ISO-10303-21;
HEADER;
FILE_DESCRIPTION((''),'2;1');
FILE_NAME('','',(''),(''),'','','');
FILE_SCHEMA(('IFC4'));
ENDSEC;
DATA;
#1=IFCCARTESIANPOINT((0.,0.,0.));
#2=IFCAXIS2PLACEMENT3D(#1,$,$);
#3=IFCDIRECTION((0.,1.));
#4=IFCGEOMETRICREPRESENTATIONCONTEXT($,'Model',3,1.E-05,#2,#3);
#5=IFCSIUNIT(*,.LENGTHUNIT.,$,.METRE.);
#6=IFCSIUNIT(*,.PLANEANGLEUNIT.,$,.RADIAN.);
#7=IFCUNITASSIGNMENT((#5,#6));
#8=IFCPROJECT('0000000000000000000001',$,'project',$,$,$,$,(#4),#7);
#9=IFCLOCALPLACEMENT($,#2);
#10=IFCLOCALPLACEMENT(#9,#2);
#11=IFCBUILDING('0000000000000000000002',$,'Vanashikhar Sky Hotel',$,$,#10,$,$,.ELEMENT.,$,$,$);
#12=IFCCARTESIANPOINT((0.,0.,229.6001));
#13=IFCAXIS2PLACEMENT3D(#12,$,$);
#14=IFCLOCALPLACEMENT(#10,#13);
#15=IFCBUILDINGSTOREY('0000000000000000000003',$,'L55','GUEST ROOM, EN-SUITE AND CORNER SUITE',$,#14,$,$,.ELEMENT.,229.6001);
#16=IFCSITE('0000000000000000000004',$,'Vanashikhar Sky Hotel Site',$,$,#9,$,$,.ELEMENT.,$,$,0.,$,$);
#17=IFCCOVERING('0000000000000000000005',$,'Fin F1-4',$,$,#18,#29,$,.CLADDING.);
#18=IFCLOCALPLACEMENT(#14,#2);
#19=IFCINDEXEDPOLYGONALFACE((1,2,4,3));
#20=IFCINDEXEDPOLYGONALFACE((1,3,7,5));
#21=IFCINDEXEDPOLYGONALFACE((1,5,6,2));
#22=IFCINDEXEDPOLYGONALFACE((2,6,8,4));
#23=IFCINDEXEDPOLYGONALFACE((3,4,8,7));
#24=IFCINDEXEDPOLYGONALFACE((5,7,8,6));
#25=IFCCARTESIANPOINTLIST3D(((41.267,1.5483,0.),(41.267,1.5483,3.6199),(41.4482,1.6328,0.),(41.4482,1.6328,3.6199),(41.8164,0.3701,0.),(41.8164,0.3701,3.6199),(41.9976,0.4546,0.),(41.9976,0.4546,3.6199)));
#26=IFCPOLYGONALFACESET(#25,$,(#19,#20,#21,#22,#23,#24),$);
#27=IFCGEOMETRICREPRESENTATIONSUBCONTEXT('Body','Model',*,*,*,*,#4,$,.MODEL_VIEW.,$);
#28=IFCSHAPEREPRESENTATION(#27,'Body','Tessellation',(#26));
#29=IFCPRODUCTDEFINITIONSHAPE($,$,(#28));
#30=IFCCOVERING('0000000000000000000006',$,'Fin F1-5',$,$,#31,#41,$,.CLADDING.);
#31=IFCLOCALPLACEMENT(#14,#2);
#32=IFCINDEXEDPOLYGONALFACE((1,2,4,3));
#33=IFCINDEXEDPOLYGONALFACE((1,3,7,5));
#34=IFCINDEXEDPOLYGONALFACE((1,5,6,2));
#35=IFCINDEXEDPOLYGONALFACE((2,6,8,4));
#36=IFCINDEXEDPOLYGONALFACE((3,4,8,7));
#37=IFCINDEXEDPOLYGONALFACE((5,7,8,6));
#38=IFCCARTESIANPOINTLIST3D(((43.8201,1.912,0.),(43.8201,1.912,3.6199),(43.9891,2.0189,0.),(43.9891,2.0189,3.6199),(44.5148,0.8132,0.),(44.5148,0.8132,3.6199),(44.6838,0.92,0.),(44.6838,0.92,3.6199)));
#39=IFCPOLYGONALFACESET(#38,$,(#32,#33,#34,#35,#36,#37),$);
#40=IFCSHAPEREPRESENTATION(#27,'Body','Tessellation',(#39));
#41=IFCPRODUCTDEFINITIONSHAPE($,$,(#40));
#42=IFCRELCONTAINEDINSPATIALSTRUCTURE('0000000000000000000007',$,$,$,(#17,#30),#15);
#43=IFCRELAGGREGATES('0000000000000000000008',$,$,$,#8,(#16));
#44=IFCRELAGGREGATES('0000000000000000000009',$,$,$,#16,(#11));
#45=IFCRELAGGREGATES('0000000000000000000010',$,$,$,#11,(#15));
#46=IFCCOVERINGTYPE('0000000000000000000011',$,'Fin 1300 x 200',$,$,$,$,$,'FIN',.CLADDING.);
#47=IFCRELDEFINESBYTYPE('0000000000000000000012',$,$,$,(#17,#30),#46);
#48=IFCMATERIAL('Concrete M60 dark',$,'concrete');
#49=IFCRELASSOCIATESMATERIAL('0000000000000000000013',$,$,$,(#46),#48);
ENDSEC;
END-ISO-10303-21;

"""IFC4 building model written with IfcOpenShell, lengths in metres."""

from ifc_helpers import new_model, si_unit, direction, frame, origin, origin_2d, place, context, subcontext, project, spatial, rectangle, extrude, source, transform, mapped, material, material_profile, profile_set, type_object, element, save


model = new_model("IFC4")

# Units and contexts
model_context = context("Model", 3, precision=1e-05, world=origin(), true_north=direction((0.0, 1.0)))
body_context = subcontext(model_context, "Body", "Model", "MODEL_VIEW")
ifc_project = project(units=[si_unit("LENGTHUNIT", "METRE"), si_unit("PLANEANGLEUNIT", "RADIAN")], contexts=[model_context])

# Site, building, storey
site_placement = place(None, origin())
site = spatial("IfcSite", under=ifc_project, at=site_placement, Name="Vanashikhar Sky Hotel Site", CompositionType="ELEMENT", RefElevation=0.0)
building_placement = place(site_placement, origin())
building = spatial("IfcBuilding", under=site, at=building_placement, Name="Vanashikhar Sky Hotel", CompositionType="ELEMENT")
storey_placement = place(building_placement, frame((0.0, 0.0, 229.6001)))
storey = spatial("IfcBuildingStorey", under=building, at=storey_placement, Name="L55", Description="GUEST ROOM, EN-SUITE AND CORNER SUITE", CompositionType="ELEMENT", Elevation=229.6001)

# Coverings
ifc_material_1 = material(Name="Concrete M60 dark", Category="concrete")
ifc_material_profile = material_profile(ifc_material_1, rectangle(XDim=1.3, YDim=0.2, at=origin_2d()))
ifc_profile_set = profile_set([ifc_material_profile], Name="Fin 1300 x 200")
covering_type = type_object("IfcCoveringType", Name="Fin 1300 x 200", ElementType="FIN", PredefinedType="CLADDING", material=ifc_profile_set)
shared_shape_1 = source(origin(), body_context, "Body", "SweptSolid", [
    extrude(rectangle(XDim=1.3, YDim=0.2, at=origin_2d()), origin(), (0.0, 0.0, 1.0), 3.6199),
])
for number, where, z_axis, x_axis, name in (
    (1, (41.6323, 1.0015, 0.0), (0.0, 0.0, 1.0), (0.422618, -0.906308, 0.0), "Fin F1-4"),
    (2, (44.252, 1.416, 0.0), (0.0, 0.0, 1.0), (0.534411, -0.845225, 0.0), "Fin F1-5"),
):
    element("IfcCovering", number, at=place(storey_placement, frame(where, z_axis=z_axis, x_axis=x_axis)), inside=storey, type_object=covering_type, Name=name, PredefinedType="CLADDING", context=body_context, shape_type="MappedRepresentation", body=[
        mapped(shared_shape_1, transform((0.0, 0.0, 0.0), scale=1.0)),
    ])

save(model, "model.ifc")
